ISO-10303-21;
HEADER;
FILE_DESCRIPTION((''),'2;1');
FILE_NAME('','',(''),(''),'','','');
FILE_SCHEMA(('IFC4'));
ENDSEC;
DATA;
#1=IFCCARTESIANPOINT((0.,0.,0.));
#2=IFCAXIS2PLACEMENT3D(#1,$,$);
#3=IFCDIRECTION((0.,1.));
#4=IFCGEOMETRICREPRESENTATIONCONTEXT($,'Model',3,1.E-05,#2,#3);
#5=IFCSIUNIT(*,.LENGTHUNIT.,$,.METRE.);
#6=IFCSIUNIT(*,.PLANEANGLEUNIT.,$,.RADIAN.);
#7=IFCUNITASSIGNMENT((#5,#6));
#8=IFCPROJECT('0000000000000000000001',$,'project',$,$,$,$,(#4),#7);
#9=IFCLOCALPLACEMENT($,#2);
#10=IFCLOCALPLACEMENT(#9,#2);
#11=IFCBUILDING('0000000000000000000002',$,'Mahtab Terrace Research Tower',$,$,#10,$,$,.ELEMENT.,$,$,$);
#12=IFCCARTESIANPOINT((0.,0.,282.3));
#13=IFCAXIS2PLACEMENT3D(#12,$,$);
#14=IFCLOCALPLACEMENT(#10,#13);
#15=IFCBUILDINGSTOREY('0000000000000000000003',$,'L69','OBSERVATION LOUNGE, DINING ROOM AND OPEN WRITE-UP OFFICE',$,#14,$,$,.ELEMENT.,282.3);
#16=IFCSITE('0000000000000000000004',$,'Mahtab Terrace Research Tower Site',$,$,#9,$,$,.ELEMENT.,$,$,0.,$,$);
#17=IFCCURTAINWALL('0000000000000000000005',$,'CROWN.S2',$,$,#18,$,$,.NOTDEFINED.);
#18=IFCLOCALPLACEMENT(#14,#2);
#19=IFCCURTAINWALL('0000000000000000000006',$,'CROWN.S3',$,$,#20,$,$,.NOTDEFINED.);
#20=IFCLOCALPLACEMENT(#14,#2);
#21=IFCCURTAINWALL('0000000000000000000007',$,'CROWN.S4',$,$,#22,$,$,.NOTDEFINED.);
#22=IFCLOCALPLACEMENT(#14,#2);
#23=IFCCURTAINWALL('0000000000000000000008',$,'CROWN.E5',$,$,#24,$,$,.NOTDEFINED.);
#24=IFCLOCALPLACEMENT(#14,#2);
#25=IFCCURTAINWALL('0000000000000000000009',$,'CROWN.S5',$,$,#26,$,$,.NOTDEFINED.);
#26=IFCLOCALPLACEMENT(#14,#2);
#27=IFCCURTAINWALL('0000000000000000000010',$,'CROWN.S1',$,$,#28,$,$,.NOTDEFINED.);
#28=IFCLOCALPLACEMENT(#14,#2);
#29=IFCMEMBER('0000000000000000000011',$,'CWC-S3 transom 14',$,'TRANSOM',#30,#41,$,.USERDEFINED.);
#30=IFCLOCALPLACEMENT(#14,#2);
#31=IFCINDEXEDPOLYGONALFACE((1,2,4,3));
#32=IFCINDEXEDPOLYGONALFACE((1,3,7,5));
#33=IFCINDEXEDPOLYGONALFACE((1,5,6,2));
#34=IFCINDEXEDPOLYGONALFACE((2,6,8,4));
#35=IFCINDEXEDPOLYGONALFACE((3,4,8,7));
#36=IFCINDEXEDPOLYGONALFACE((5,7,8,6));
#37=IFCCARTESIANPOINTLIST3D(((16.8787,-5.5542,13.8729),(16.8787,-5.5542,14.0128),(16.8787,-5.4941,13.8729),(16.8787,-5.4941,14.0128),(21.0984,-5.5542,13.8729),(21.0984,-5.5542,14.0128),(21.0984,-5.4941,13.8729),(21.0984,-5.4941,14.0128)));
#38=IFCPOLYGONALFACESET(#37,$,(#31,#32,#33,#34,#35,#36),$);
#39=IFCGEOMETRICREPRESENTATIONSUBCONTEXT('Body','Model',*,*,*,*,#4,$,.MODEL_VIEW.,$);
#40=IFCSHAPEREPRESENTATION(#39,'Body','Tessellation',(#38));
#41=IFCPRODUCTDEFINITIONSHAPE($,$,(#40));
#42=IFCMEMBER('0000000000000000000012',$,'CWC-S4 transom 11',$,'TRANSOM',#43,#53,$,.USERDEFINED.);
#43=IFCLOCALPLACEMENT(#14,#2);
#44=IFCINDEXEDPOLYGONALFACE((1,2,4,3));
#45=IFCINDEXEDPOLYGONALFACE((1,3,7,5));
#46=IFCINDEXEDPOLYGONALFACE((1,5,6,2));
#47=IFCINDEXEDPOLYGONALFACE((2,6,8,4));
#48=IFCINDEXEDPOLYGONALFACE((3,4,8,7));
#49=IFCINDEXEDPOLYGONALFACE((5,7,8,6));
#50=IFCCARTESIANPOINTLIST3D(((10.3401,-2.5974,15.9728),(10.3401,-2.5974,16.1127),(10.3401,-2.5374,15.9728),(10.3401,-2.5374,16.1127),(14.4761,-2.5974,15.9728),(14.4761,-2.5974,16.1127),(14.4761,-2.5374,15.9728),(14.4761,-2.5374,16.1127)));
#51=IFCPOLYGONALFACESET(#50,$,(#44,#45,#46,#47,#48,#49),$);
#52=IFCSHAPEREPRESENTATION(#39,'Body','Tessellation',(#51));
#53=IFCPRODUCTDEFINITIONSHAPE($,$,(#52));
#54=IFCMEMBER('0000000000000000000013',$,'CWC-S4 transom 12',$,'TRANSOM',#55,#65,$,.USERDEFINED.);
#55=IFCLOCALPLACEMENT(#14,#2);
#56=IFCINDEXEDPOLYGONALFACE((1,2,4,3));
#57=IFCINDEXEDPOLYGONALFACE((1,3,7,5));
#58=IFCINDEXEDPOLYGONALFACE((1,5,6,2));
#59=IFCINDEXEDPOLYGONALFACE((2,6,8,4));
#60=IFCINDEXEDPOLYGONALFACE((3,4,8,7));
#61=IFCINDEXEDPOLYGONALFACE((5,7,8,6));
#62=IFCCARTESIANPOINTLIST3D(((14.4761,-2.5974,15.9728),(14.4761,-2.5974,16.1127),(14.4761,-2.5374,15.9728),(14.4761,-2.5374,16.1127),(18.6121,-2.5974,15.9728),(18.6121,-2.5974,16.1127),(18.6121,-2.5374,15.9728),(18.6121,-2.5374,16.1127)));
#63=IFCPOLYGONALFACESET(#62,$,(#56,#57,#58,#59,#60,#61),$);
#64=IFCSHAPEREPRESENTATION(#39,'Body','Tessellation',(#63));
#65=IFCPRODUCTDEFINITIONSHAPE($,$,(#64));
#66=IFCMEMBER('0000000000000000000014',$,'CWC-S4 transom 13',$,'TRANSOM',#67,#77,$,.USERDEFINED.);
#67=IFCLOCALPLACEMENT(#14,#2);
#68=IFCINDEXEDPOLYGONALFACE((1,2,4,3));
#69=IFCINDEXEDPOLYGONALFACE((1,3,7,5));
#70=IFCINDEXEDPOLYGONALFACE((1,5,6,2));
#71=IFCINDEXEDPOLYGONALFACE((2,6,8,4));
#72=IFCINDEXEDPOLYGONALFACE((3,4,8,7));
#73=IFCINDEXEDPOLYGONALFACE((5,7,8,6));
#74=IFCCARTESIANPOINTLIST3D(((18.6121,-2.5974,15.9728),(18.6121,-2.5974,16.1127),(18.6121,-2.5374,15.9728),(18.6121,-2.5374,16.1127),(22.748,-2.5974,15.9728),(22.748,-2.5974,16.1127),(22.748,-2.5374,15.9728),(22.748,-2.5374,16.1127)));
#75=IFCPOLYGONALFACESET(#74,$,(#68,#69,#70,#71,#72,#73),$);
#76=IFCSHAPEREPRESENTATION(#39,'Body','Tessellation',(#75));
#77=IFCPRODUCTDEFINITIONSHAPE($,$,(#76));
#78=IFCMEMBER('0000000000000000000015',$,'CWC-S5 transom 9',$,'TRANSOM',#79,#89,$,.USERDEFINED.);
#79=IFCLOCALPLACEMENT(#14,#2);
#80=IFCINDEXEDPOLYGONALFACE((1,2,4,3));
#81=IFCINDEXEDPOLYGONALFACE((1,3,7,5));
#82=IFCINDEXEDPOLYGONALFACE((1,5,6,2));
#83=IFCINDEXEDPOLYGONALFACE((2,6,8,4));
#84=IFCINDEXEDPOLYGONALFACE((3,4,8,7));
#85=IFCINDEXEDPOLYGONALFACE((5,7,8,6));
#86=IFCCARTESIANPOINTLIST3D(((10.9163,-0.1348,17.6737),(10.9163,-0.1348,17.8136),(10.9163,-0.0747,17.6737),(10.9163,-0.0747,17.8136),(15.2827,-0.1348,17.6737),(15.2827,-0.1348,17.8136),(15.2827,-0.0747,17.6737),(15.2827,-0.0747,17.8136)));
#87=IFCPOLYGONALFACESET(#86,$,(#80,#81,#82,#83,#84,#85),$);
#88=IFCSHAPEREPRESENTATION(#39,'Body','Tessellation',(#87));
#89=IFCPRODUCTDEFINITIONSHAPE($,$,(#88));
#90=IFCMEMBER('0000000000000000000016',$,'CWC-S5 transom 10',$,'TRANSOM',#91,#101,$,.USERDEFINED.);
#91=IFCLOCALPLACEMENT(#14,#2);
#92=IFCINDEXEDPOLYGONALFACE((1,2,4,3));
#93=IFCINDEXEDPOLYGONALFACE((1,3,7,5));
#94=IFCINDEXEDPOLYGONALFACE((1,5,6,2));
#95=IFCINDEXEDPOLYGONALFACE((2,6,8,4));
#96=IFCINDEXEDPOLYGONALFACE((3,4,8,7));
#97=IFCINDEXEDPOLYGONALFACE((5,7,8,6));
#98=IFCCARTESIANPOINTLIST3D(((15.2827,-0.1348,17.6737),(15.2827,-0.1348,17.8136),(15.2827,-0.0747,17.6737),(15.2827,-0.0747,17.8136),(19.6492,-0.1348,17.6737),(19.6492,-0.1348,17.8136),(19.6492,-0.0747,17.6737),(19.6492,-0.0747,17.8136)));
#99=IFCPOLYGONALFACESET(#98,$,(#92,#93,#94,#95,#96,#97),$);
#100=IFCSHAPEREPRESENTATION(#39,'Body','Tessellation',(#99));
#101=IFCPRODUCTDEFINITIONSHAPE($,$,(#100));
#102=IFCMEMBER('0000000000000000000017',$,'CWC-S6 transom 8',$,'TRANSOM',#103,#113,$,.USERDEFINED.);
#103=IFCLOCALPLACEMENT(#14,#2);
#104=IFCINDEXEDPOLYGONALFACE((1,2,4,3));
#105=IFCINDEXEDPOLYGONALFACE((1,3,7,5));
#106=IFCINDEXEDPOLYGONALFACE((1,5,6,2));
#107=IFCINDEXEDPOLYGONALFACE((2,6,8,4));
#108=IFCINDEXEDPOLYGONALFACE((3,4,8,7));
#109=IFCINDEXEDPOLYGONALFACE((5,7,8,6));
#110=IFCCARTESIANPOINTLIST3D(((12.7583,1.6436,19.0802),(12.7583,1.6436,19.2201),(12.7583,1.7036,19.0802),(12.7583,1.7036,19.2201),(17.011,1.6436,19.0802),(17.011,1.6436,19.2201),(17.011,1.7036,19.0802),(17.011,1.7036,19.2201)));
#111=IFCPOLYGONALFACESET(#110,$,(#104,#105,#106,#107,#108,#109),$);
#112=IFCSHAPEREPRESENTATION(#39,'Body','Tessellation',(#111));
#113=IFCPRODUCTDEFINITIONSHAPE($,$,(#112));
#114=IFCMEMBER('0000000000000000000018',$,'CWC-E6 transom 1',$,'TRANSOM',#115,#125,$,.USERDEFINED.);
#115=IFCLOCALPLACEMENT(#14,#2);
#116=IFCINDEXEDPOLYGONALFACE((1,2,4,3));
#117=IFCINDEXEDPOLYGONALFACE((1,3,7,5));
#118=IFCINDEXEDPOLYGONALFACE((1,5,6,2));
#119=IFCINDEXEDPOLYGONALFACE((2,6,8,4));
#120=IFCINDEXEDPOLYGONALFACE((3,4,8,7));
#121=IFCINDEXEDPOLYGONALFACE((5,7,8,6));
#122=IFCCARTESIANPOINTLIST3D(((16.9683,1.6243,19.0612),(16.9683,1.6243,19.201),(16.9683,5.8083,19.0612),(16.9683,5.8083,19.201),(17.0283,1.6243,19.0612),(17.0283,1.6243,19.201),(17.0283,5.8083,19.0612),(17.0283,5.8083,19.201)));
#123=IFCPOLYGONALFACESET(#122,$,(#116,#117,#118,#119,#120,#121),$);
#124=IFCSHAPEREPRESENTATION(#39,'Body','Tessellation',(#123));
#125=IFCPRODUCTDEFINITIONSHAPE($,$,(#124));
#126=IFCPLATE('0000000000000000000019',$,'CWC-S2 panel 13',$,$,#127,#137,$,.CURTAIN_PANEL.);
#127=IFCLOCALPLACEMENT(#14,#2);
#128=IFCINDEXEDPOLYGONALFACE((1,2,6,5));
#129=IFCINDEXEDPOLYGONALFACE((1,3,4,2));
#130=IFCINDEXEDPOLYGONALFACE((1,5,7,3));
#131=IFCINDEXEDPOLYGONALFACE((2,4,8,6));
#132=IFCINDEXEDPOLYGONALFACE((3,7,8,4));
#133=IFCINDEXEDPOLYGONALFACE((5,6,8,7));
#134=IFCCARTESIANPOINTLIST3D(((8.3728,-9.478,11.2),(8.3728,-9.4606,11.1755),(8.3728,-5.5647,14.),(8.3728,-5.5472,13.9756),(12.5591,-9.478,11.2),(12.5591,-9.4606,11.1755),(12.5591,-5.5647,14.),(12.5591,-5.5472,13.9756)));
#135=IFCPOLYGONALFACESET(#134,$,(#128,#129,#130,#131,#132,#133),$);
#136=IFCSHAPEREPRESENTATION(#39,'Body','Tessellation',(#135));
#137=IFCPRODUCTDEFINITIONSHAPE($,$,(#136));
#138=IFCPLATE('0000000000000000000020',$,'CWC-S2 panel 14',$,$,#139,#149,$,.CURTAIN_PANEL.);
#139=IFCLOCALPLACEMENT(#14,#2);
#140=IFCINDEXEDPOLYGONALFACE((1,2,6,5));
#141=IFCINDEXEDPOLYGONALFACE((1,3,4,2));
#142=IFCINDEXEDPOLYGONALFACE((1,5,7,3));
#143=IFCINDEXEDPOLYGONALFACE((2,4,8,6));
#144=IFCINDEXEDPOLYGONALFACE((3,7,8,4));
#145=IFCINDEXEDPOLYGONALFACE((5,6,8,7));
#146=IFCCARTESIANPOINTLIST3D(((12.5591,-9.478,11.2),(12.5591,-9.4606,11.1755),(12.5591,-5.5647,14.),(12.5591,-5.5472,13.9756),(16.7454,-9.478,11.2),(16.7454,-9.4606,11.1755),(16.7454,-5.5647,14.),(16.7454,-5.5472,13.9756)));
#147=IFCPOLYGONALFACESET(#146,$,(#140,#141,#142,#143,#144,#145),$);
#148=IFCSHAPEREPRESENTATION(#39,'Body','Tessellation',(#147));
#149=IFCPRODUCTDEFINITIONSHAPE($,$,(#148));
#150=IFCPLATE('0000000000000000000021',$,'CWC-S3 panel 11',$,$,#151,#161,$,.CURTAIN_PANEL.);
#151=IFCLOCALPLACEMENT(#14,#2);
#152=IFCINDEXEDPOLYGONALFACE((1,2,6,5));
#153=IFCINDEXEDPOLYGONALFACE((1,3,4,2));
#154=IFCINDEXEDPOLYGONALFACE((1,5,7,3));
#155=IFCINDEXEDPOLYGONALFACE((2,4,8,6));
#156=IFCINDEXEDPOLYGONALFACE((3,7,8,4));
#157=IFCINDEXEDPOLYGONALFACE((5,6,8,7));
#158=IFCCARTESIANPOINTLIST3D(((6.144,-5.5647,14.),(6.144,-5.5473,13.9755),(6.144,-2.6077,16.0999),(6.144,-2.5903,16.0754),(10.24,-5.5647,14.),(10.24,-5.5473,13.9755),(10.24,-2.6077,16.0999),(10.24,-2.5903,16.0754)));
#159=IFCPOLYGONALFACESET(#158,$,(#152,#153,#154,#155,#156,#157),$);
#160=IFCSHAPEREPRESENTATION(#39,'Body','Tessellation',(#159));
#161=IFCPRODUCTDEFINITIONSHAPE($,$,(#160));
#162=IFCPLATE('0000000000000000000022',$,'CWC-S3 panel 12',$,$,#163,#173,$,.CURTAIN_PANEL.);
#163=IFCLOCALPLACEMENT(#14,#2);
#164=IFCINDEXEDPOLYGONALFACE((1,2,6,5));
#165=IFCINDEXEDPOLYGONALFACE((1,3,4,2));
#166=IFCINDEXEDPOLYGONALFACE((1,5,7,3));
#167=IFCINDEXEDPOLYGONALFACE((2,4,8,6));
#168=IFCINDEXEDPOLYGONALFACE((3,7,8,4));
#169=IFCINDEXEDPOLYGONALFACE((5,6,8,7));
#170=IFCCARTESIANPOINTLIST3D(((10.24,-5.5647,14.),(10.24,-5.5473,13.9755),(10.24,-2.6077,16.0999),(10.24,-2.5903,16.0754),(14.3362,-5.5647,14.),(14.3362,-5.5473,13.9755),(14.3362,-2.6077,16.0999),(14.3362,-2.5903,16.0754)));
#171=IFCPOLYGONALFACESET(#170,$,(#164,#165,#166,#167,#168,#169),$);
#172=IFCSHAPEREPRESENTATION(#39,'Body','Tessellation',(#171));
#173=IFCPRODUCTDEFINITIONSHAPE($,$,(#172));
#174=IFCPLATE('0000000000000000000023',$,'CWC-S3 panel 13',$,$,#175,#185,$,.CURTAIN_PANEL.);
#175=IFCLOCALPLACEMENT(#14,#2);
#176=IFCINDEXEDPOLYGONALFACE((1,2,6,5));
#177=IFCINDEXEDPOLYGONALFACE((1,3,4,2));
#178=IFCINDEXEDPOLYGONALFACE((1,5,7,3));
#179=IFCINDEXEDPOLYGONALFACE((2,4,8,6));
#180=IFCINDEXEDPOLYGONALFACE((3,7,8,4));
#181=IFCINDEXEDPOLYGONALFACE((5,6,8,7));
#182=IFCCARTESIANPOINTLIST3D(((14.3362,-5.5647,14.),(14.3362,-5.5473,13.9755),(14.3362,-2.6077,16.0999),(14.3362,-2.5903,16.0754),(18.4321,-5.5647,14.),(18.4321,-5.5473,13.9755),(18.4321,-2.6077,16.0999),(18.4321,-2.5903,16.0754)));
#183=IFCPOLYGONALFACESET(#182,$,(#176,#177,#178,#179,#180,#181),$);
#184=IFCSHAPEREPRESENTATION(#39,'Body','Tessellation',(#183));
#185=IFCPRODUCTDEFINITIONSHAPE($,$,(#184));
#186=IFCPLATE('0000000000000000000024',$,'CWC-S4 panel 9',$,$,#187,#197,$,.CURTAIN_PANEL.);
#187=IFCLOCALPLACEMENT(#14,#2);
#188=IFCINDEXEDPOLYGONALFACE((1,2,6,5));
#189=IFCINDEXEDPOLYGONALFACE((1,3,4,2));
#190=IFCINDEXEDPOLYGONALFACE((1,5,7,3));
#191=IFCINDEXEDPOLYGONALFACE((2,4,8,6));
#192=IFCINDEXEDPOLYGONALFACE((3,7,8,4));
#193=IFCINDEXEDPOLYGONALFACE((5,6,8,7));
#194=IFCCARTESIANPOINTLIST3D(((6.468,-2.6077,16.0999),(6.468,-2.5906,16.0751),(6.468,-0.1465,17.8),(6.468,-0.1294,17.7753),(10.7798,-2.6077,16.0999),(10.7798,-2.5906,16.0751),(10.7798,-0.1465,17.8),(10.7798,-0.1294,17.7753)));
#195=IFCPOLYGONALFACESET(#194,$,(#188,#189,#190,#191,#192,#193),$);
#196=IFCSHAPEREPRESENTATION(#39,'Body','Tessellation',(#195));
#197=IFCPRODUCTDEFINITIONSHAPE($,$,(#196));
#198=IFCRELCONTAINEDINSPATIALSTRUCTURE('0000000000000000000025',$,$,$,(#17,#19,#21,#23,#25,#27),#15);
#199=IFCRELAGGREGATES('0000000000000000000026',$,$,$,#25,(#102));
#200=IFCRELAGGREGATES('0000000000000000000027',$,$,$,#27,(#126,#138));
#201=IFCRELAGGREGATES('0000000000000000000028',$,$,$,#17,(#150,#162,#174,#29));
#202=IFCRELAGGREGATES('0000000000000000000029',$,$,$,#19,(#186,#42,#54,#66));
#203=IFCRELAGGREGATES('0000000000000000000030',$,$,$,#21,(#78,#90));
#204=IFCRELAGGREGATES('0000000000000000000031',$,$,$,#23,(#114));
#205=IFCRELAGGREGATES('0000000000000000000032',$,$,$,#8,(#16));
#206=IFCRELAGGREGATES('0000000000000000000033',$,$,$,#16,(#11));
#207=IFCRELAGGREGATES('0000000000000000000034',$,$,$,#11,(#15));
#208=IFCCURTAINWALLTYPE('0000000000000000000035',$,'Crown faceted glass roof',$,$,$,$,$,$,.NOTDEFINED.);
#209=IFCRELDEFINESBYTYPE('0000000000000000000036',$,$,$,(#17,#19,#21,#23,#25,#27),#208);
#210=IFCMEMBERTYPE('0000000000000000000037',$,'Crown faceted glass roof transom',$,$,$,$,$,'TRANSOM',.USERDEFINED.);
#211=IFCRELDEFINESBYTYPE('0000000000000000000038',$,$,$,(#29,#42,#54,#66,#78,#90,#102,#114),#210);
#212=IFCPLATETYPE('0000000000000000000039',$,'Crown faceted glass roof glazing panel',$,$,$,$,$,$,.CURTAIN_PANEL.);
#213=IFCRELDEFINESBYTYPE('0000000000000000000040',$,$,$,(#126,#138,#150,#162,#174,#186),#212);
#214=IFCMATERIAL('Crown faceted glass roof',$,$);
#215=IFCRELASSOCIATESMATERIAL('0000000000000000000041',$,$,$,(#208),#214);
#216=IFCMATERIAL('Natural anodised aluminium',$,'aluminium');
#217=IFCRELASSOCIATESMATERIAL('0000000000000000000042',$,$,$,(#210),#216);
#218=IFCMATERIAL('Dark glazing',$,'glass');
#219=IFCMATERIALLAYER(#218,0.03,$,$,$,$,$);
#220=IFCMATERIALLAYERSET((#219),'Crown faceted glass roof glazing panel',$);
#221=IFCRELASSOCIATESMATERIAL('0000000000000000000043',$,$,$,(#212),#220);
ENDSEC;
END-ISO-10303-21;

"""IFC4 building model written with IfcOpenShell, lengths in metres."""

from ifc_helpers import new_model, si_unit, direction, frame, origin, origin_2d, place, context, subcontext, project, spatial, polyline, rectangle, outline, extrude, material, layer, layer_set, material_profile, profile_set, type_object, element, aggregate, save


model = new_model("IFC4")

# Units and contexts
model_context = context("Model", 3, precision=1e-05, world=origin(), true_north=direction((0.0, 1.0)))
body_context = subcontext(model_context, "Body", "Model", "MODEL_VIEW")
ifc_project = project(units=[si_unit("LENGTHUNIT", "METRE"), si_unit("PLANEANGLEUNIT", "RADIAN")], contexts=[model_context])

# Site, building, storey
site_placement = place(None, origin())
site = spatial("IfcSite", under=ifc_project, at=site_placement, Name="Mahtab Terrace Research Tower Site", CompositionType="ELEMENT", RefElevation=0.0)
building_placement = place(site_placement, origin())
building = spatial("IfcBuilding", under=site, at=building_placement, Name="Mahtab Terrace Research Tower", CompositionType="ELEMENT")
storey_placement = place(building_placement, frame((0.0, 0.0, 282.3)))
storey = spatial("IfcBuildingStorey", under=building, at=storey_placement, Name="L69", Description="OBSERVATION LOUNGE, DINING ROOM AND OPEN WRITE-UP OFFICE", CompositionType="ELEMENT", Elevation=282.3)

# Curtain walls
ifc_material_1 = material(Name="Crown faceted glass roof")
curtain_wall_type = type_object("IfcCurtainWallType", Name="Crown faceted glass roof", PredefinedType="NOTDEFINED", material=ifc_material_1)
curtain_wall_1_placement = place(storey_placement, origin())
curtain_wall_1 = element("IfcCurtainWall", 1, at=curtain_wall_1_placement, inside=storey, type_object=curtain_wall_type, Name="CROWN.S2", PredefinedType="NOTDEFINED")
ifc_material_2 = material(Name="Natural anodised aluminium", Category="aluminium")
curtain_wall_2_placement = place(storey_placement, origin())
curtain_wall_2 = element("IfcCurtainWall", 2, at=curtain_wall_2_placement, inside=storey, type_object=curtain_wall_type, Name="CROWN.S3", PredefinedType="NOTDEFINED")
curtain_wall_3_placement = place(storey_placement, origin())
curtain_wall_3 = element("IfcCurtainWall", 3, at=curtain_wall_3_placement, inside=storey, type_object=curtain_wall_type, Name="CROWN.S4", PredefinedType="NOTDEFINED")

# Curtain walls
curtain_wall_4_placement = place(storey_placement, origin())
curtain_wall_4 = element("IfcCurtainWall", 4, at=curtain_wall_4_placement, inside=storey, type_object=curtain_wall_type, Name="CROWN.E5", PredefinedType="NOTDEFINED")
curtain_wall_5_placement = place(storey_placement, origin())
curtain_wall_5 = element("IfcCurtainWall", 5, at=curtain_wall_5_placement, inside=storey, type_object=curtain_wall_type, Name="CROWN.S5", PredefinedType="NOTDEFINED")

# Curtain wall
curtain_wall_6_placement = place(storey_placement, origin())
curtain_wall_6 = element("IfcCurtainWall", 6, at=curtain_wall_6_placement, inside=storey, type_object=curtain_wall_type, Name="CROWN.S1", PredefinedType="NOTDEFINED")
ifc_material_profile_1 = material_profile(ifc_material_2, rectangle(XDim=0.0601, YDim=0.1399, at=origin_2d()), Name="TRANSOM 60x140")
ifc_profile_set_1 = profile_set([ifc_material_profile_1], Name="Natural anodised aluminium")
member_type_1 = type_object("IfcMemberType", Name="Crown faceted glass roof transom", ElementType="TRANSOM", PredefinedType="USERDEFINED", material=ifc_profile_set_1)

# Members
member_1_placement = place(storey_placement, frame((16.8787, -5.5242, 13.9429), z_axis=(1.0, 0.0, 0.0), x_axis=(0.0, 1.0, 0.0)))
member_1 = element("IfcMember", 7, at=member_1_placement, type_object=member_type_1, Name="CWC-S3 transom 14", ObjectType="TRANSOM", PredefinedType="USERDEFINED", context=body_context, shape_type="SweptSolid", body=[
    extrude(rectangle(XDim=0.0601, YDim=0.1399, at=origin_2d()), origin(), (0.0, 0.0, 1.0), 4.2197),
])
member_2_placement = place(storey_placement, frame((10.3401, -2.5674, 16.0427), z_axis=(1.0, 0.0, 0.0), x_axis=(0.0, 1.0, 0.0)))
member_2 = element("IfcMember", 8, at=member_2_placement, type_object=member_type_1, Name="CWC-S4 transom 11", ObjectType="TRANSOM", PredefinedType="USERDEFINED", context=body_context, shape_type="SweptSolid", body=[
    extrude(rectangle(XDim=0.0601, YDim=0.1399, at=origin_2d()), origin(), (0.0, 0.0, 1.0), 4.136),
])
member_3_placement = place(storey_placement, frame((14.4761, -2.5674, 16.0427), z_axis=(1.0, 0.0, 0.0), x_axis=(0.0, 1.0, 0.0)))
member_3 = element("IfcMember", 9, at=member_3_placement, type_object=member_type_1, Name="CWC-S4 transom 12", ObjectType="TRANSOM", PredefinedType="USERDEFINED", context=body_context, shape_type="SweptSolid", body=[
    extrude(rectangle(XDim=0.0601, YDim=0.1399, at=origin_2d()), origin(), (0.0, 0.0, 1.0), 4.136),
])
member_4_placement = place(storey_placement, frame((18.6121, -2.5674, 16.0427), z_axis=(1.0, 0.0, 0.0), x_axis=(0.0, 1.0, 0.0)))
member_4 = element("IfcMember", 10, at=member_4_placement, type_object=member_type_1, Name="CWC-S4 transom 13", ObjectType="TRANSOM", PredefinedType="USERDEFINED", context=body_context, shape_type="SweptSolid", body=[
    extrude(rectangle(XDim=0.0601, YDim=0.1399, at=origin_2d()), origin(), (0.0, 0.0, 1.0), 4.136),
])
member_5_placement = place(storey_placement, frame((10.9163, -0.1047, 17.7437), z_axis=(1.0, 0.0, 0.0), x_axis=(0.0, 1.0, 0.0)))
member_5 = element("IfcMember", 11, at=member_5_placement, type_object=member_type_1, Name="CWC-S5 transom 9", ObjectType="TRANSOM", PredefinedType="USERDEFINED", context=body_context, shape_type="SweptSolid", body=[
    extrude(rectangle(XDim=0.0601, YDim=0.1399, at=origin_2d()), origin(), (0.0, 0.0, 1.0), 4.3665),
])
member_6_placement = place(storey_placement, frame((15.2827, -0.1047, 17.7437), z_axis=(1.0, 0.0, 0.0), x_axis=(0.0, 1.0, 0.0)))
member_6 = element("IfcMember", 12, at=member_6_placement, type_object=member_type_1, Name="CWC-S5 transom 10", ObjectType="TRANSOM", PredefinedType="USERDEFINED", context=body_context, shape_type="SweptSolid", body=[
    extrude(rectangle(XDim=0.0601, YDim=0.1399, at=origin_2d()), origin(), (0.0, 0.0, 1.0), 4.3665),
])
member_7_placement = place(storey_placement, frame((12.7583, 1.6736, 19.1501), z_axis=(1.0, 0.0, 0.0), x_axis=(0.0, 1.0, 0.0)))
member_7 = element("IfcMember", 13, at=member_7_placement, type_object=member_type_1, Name="CWC-S6 transom 8", ObjectType="TRANSOM", PredefinedType="USERDEFINED", context=body_context, shape_type="SweptSolid", body=[
    extrude(rectangle(XDim=0.0601, YDim=0.1399, at=origin_2d()), origin(), (0.0, 0.0, 1.0), 4.2527),
])
aggregate(curtain_wall_5, [member_7])
member_8_placement = place(storey_placement, frame((16.9983, 1.6243, 19.1311), z_axis=(0.0, 1.0, 0.0), x_axis=(-1.0, 0.0, 0.0)))
member_8 = element("IfcMember", 14, at=member_8_placement, type_object=member_type_1, Name="CWC-E6 transom 1", ObjectType="TRANSOM", PredefinedType="USERDEFINED", context=body_context, shape_type="SweptSolid", body=[
    extrude(rectangle(XDim=0.0601, YDim=0.1399, at=origin_2d()), origin(), (0.0, 0.0, 1.0), 4.1841),
])

# Plates
ifc_material_3 = material(Name="Dark glazing", Category="glass")
ifc_layer_1 = layer(ifc_material_3, 0.03)
ifc_layer_set_1 = layer_set([ifc_layer_1], Name="Crown faceted glass roof glazing panel")
plate_type_1 = type_object("IfcPlateType", Name="Crown faceted glass roof glazing panel", PredefinedType="CURTAIN_PANEL", material=ifc_layer_set_1)
plate_1_placement = place(storey_placement, frame((12.5591, -9.478, 11.2), z_axis=(0.0, -0.5819, 0.81326), x_axis=(0.0, 0.81326, 0.5819)))
plate_1 = element("IfcPlate", 15, at=plate_1_placement, type_object=plate_type_1, Name="CWC-S2 panel 13", PredefinedType="CURTAIN_PANEL", context=body_context, shape_type="SweptSolid", body=[
    extrude(outline(polyline([(0.0, 0.0), (4.8119, 0.0), (4.8119, 4.1863), (0.0, 4.1863), (0.0, 0.0)])), origin(), (0.0, 0.0, -1.0), 0.03),
])
plate_2_placement = place(storey_placement, frame((16.7454, -9.478, 11.2), z_axis=(0.0, -0.5819, 0.81326), x_axis=(0.0, 0.81326, 0.5819)))
plate_2 = element("IfcPlate", 16, at=plate_2_placement, type_object=plate_type_1, Name="CWC-S2 panel 14", PredefinedType="CURTAIN_PANEL", context=body_context, shape_type="SweptSolid", body=[
    extrude(outline(polyline([(0.0, 0.0), (4.8119, 0.0), (4.8119, 4.1863), (0.0, 4.1863), (0.0, 0.0)])), origin(), (0.0, 0.0, -1.0), 0.03),
])
aggregate(curtain_wall_6, [plate_1, plate_2])
plate_3_placement = place(storey_placement, frame((10.24, -5.5647, 14.0), z_axis=(0.0, -0.578988, 0.815336), x_axis=(0.0, 0.815336, 0.578988)))
plate_3 = element("IfcPlate", 17, at=plate_3_placement, type_object=plate_type_1, Name="CWC-S3 panel 11", PredefinedType="CURTAIN_PANEL", context=body_context, shape_type="SweptSolid", body=[
    extrude(outline(polyline([(0.0, 0.0), (3.6268, 0.0), (3.6268, 4.0959), (0.0, 4.0959), (0.0, 0.0)])), origin(), (0.0, 0.0, -1.0), 0.03),
])
plate_4_placement = place(storey_placement, frame((14.3362, -5.5647, 14.0), z_axis=(0.0, -0.578988, 0.815336), x_axis=(0.0, 0.815336, 0.578988)))
plate_4 = element("IfcPlate", 18, at=plate_4_placement, type_object=plate_type_1, Name="CWC-S3 panel 12", PredefinedType="CURTAIN_PANEL", context=body_context, shape_type="SweptSolid", body=[
    extrude(outline(polyline([(0.0, 0.0), (3.6268, 0.0), (3.6268, 4.0962), (0.0, 4.0962), (0.0, 0.0)])), origin(), (0.0, 0.0, -1.0), 0.03),
])
plate_5_placement = place(storey_placement, frame((18.4321, -5.5647, 14.0), z_axis=(0.0, -0.578988, 0.815336), x_axis=(0.0, 0.815336, 0.578988)))
plate_5 = element("IfcPlate", 19, at=plate_5_placement, type_object=plate_type_1, Name="CWC-S3 panel 13", PredefinedType="CURTAIN_PANEL", context=body_context, shape_type="SweptSolid", body=[
    extrude(outline(polyline([(0.0, 0.0), (3.6268, 0.0), (3.6268, 4.0959), (0.0, 4.0959), (0.0, 0.0)])), origin(), (0.0, 0.0, -1.0), 0.03),
])
aggregate(curtain_wall_1, [plate_3, plate_4, plate_5, member_1])
plate_6_placement = place(storey_placement, frame((10.7798, -2.6077, 16.0999), z_axis=(0.0, -0.568374, 0.822771), x_axis=(0.0, 0.822771, 0.568374)))
plate_6 = element("IfcPlate", 20, at=plate_6_placement, type_object=plate_type_1, Name="CWC-S4 panel 9", PredefinedType="CURTAIN_PANEL", context=body_context, shape_type="SweptSolid", body=[
    extrude(outline(polyline([(0.0, 0.0), (2.9913, 0.0), (2.9913, 4.3118), (0.0, 4.3118), (0.0, 0.0)])), origin(), (0.0, 0.0, -1.0), 0.03),
])
aggregate(curtain_wall_2, [plate_6, member_2, member_3, member_4])
aggregate(curtain_wall_3, [member_5, member_6])
aggregate(curtain_wall_4, [member_8])

save(model, "model.ifc")
